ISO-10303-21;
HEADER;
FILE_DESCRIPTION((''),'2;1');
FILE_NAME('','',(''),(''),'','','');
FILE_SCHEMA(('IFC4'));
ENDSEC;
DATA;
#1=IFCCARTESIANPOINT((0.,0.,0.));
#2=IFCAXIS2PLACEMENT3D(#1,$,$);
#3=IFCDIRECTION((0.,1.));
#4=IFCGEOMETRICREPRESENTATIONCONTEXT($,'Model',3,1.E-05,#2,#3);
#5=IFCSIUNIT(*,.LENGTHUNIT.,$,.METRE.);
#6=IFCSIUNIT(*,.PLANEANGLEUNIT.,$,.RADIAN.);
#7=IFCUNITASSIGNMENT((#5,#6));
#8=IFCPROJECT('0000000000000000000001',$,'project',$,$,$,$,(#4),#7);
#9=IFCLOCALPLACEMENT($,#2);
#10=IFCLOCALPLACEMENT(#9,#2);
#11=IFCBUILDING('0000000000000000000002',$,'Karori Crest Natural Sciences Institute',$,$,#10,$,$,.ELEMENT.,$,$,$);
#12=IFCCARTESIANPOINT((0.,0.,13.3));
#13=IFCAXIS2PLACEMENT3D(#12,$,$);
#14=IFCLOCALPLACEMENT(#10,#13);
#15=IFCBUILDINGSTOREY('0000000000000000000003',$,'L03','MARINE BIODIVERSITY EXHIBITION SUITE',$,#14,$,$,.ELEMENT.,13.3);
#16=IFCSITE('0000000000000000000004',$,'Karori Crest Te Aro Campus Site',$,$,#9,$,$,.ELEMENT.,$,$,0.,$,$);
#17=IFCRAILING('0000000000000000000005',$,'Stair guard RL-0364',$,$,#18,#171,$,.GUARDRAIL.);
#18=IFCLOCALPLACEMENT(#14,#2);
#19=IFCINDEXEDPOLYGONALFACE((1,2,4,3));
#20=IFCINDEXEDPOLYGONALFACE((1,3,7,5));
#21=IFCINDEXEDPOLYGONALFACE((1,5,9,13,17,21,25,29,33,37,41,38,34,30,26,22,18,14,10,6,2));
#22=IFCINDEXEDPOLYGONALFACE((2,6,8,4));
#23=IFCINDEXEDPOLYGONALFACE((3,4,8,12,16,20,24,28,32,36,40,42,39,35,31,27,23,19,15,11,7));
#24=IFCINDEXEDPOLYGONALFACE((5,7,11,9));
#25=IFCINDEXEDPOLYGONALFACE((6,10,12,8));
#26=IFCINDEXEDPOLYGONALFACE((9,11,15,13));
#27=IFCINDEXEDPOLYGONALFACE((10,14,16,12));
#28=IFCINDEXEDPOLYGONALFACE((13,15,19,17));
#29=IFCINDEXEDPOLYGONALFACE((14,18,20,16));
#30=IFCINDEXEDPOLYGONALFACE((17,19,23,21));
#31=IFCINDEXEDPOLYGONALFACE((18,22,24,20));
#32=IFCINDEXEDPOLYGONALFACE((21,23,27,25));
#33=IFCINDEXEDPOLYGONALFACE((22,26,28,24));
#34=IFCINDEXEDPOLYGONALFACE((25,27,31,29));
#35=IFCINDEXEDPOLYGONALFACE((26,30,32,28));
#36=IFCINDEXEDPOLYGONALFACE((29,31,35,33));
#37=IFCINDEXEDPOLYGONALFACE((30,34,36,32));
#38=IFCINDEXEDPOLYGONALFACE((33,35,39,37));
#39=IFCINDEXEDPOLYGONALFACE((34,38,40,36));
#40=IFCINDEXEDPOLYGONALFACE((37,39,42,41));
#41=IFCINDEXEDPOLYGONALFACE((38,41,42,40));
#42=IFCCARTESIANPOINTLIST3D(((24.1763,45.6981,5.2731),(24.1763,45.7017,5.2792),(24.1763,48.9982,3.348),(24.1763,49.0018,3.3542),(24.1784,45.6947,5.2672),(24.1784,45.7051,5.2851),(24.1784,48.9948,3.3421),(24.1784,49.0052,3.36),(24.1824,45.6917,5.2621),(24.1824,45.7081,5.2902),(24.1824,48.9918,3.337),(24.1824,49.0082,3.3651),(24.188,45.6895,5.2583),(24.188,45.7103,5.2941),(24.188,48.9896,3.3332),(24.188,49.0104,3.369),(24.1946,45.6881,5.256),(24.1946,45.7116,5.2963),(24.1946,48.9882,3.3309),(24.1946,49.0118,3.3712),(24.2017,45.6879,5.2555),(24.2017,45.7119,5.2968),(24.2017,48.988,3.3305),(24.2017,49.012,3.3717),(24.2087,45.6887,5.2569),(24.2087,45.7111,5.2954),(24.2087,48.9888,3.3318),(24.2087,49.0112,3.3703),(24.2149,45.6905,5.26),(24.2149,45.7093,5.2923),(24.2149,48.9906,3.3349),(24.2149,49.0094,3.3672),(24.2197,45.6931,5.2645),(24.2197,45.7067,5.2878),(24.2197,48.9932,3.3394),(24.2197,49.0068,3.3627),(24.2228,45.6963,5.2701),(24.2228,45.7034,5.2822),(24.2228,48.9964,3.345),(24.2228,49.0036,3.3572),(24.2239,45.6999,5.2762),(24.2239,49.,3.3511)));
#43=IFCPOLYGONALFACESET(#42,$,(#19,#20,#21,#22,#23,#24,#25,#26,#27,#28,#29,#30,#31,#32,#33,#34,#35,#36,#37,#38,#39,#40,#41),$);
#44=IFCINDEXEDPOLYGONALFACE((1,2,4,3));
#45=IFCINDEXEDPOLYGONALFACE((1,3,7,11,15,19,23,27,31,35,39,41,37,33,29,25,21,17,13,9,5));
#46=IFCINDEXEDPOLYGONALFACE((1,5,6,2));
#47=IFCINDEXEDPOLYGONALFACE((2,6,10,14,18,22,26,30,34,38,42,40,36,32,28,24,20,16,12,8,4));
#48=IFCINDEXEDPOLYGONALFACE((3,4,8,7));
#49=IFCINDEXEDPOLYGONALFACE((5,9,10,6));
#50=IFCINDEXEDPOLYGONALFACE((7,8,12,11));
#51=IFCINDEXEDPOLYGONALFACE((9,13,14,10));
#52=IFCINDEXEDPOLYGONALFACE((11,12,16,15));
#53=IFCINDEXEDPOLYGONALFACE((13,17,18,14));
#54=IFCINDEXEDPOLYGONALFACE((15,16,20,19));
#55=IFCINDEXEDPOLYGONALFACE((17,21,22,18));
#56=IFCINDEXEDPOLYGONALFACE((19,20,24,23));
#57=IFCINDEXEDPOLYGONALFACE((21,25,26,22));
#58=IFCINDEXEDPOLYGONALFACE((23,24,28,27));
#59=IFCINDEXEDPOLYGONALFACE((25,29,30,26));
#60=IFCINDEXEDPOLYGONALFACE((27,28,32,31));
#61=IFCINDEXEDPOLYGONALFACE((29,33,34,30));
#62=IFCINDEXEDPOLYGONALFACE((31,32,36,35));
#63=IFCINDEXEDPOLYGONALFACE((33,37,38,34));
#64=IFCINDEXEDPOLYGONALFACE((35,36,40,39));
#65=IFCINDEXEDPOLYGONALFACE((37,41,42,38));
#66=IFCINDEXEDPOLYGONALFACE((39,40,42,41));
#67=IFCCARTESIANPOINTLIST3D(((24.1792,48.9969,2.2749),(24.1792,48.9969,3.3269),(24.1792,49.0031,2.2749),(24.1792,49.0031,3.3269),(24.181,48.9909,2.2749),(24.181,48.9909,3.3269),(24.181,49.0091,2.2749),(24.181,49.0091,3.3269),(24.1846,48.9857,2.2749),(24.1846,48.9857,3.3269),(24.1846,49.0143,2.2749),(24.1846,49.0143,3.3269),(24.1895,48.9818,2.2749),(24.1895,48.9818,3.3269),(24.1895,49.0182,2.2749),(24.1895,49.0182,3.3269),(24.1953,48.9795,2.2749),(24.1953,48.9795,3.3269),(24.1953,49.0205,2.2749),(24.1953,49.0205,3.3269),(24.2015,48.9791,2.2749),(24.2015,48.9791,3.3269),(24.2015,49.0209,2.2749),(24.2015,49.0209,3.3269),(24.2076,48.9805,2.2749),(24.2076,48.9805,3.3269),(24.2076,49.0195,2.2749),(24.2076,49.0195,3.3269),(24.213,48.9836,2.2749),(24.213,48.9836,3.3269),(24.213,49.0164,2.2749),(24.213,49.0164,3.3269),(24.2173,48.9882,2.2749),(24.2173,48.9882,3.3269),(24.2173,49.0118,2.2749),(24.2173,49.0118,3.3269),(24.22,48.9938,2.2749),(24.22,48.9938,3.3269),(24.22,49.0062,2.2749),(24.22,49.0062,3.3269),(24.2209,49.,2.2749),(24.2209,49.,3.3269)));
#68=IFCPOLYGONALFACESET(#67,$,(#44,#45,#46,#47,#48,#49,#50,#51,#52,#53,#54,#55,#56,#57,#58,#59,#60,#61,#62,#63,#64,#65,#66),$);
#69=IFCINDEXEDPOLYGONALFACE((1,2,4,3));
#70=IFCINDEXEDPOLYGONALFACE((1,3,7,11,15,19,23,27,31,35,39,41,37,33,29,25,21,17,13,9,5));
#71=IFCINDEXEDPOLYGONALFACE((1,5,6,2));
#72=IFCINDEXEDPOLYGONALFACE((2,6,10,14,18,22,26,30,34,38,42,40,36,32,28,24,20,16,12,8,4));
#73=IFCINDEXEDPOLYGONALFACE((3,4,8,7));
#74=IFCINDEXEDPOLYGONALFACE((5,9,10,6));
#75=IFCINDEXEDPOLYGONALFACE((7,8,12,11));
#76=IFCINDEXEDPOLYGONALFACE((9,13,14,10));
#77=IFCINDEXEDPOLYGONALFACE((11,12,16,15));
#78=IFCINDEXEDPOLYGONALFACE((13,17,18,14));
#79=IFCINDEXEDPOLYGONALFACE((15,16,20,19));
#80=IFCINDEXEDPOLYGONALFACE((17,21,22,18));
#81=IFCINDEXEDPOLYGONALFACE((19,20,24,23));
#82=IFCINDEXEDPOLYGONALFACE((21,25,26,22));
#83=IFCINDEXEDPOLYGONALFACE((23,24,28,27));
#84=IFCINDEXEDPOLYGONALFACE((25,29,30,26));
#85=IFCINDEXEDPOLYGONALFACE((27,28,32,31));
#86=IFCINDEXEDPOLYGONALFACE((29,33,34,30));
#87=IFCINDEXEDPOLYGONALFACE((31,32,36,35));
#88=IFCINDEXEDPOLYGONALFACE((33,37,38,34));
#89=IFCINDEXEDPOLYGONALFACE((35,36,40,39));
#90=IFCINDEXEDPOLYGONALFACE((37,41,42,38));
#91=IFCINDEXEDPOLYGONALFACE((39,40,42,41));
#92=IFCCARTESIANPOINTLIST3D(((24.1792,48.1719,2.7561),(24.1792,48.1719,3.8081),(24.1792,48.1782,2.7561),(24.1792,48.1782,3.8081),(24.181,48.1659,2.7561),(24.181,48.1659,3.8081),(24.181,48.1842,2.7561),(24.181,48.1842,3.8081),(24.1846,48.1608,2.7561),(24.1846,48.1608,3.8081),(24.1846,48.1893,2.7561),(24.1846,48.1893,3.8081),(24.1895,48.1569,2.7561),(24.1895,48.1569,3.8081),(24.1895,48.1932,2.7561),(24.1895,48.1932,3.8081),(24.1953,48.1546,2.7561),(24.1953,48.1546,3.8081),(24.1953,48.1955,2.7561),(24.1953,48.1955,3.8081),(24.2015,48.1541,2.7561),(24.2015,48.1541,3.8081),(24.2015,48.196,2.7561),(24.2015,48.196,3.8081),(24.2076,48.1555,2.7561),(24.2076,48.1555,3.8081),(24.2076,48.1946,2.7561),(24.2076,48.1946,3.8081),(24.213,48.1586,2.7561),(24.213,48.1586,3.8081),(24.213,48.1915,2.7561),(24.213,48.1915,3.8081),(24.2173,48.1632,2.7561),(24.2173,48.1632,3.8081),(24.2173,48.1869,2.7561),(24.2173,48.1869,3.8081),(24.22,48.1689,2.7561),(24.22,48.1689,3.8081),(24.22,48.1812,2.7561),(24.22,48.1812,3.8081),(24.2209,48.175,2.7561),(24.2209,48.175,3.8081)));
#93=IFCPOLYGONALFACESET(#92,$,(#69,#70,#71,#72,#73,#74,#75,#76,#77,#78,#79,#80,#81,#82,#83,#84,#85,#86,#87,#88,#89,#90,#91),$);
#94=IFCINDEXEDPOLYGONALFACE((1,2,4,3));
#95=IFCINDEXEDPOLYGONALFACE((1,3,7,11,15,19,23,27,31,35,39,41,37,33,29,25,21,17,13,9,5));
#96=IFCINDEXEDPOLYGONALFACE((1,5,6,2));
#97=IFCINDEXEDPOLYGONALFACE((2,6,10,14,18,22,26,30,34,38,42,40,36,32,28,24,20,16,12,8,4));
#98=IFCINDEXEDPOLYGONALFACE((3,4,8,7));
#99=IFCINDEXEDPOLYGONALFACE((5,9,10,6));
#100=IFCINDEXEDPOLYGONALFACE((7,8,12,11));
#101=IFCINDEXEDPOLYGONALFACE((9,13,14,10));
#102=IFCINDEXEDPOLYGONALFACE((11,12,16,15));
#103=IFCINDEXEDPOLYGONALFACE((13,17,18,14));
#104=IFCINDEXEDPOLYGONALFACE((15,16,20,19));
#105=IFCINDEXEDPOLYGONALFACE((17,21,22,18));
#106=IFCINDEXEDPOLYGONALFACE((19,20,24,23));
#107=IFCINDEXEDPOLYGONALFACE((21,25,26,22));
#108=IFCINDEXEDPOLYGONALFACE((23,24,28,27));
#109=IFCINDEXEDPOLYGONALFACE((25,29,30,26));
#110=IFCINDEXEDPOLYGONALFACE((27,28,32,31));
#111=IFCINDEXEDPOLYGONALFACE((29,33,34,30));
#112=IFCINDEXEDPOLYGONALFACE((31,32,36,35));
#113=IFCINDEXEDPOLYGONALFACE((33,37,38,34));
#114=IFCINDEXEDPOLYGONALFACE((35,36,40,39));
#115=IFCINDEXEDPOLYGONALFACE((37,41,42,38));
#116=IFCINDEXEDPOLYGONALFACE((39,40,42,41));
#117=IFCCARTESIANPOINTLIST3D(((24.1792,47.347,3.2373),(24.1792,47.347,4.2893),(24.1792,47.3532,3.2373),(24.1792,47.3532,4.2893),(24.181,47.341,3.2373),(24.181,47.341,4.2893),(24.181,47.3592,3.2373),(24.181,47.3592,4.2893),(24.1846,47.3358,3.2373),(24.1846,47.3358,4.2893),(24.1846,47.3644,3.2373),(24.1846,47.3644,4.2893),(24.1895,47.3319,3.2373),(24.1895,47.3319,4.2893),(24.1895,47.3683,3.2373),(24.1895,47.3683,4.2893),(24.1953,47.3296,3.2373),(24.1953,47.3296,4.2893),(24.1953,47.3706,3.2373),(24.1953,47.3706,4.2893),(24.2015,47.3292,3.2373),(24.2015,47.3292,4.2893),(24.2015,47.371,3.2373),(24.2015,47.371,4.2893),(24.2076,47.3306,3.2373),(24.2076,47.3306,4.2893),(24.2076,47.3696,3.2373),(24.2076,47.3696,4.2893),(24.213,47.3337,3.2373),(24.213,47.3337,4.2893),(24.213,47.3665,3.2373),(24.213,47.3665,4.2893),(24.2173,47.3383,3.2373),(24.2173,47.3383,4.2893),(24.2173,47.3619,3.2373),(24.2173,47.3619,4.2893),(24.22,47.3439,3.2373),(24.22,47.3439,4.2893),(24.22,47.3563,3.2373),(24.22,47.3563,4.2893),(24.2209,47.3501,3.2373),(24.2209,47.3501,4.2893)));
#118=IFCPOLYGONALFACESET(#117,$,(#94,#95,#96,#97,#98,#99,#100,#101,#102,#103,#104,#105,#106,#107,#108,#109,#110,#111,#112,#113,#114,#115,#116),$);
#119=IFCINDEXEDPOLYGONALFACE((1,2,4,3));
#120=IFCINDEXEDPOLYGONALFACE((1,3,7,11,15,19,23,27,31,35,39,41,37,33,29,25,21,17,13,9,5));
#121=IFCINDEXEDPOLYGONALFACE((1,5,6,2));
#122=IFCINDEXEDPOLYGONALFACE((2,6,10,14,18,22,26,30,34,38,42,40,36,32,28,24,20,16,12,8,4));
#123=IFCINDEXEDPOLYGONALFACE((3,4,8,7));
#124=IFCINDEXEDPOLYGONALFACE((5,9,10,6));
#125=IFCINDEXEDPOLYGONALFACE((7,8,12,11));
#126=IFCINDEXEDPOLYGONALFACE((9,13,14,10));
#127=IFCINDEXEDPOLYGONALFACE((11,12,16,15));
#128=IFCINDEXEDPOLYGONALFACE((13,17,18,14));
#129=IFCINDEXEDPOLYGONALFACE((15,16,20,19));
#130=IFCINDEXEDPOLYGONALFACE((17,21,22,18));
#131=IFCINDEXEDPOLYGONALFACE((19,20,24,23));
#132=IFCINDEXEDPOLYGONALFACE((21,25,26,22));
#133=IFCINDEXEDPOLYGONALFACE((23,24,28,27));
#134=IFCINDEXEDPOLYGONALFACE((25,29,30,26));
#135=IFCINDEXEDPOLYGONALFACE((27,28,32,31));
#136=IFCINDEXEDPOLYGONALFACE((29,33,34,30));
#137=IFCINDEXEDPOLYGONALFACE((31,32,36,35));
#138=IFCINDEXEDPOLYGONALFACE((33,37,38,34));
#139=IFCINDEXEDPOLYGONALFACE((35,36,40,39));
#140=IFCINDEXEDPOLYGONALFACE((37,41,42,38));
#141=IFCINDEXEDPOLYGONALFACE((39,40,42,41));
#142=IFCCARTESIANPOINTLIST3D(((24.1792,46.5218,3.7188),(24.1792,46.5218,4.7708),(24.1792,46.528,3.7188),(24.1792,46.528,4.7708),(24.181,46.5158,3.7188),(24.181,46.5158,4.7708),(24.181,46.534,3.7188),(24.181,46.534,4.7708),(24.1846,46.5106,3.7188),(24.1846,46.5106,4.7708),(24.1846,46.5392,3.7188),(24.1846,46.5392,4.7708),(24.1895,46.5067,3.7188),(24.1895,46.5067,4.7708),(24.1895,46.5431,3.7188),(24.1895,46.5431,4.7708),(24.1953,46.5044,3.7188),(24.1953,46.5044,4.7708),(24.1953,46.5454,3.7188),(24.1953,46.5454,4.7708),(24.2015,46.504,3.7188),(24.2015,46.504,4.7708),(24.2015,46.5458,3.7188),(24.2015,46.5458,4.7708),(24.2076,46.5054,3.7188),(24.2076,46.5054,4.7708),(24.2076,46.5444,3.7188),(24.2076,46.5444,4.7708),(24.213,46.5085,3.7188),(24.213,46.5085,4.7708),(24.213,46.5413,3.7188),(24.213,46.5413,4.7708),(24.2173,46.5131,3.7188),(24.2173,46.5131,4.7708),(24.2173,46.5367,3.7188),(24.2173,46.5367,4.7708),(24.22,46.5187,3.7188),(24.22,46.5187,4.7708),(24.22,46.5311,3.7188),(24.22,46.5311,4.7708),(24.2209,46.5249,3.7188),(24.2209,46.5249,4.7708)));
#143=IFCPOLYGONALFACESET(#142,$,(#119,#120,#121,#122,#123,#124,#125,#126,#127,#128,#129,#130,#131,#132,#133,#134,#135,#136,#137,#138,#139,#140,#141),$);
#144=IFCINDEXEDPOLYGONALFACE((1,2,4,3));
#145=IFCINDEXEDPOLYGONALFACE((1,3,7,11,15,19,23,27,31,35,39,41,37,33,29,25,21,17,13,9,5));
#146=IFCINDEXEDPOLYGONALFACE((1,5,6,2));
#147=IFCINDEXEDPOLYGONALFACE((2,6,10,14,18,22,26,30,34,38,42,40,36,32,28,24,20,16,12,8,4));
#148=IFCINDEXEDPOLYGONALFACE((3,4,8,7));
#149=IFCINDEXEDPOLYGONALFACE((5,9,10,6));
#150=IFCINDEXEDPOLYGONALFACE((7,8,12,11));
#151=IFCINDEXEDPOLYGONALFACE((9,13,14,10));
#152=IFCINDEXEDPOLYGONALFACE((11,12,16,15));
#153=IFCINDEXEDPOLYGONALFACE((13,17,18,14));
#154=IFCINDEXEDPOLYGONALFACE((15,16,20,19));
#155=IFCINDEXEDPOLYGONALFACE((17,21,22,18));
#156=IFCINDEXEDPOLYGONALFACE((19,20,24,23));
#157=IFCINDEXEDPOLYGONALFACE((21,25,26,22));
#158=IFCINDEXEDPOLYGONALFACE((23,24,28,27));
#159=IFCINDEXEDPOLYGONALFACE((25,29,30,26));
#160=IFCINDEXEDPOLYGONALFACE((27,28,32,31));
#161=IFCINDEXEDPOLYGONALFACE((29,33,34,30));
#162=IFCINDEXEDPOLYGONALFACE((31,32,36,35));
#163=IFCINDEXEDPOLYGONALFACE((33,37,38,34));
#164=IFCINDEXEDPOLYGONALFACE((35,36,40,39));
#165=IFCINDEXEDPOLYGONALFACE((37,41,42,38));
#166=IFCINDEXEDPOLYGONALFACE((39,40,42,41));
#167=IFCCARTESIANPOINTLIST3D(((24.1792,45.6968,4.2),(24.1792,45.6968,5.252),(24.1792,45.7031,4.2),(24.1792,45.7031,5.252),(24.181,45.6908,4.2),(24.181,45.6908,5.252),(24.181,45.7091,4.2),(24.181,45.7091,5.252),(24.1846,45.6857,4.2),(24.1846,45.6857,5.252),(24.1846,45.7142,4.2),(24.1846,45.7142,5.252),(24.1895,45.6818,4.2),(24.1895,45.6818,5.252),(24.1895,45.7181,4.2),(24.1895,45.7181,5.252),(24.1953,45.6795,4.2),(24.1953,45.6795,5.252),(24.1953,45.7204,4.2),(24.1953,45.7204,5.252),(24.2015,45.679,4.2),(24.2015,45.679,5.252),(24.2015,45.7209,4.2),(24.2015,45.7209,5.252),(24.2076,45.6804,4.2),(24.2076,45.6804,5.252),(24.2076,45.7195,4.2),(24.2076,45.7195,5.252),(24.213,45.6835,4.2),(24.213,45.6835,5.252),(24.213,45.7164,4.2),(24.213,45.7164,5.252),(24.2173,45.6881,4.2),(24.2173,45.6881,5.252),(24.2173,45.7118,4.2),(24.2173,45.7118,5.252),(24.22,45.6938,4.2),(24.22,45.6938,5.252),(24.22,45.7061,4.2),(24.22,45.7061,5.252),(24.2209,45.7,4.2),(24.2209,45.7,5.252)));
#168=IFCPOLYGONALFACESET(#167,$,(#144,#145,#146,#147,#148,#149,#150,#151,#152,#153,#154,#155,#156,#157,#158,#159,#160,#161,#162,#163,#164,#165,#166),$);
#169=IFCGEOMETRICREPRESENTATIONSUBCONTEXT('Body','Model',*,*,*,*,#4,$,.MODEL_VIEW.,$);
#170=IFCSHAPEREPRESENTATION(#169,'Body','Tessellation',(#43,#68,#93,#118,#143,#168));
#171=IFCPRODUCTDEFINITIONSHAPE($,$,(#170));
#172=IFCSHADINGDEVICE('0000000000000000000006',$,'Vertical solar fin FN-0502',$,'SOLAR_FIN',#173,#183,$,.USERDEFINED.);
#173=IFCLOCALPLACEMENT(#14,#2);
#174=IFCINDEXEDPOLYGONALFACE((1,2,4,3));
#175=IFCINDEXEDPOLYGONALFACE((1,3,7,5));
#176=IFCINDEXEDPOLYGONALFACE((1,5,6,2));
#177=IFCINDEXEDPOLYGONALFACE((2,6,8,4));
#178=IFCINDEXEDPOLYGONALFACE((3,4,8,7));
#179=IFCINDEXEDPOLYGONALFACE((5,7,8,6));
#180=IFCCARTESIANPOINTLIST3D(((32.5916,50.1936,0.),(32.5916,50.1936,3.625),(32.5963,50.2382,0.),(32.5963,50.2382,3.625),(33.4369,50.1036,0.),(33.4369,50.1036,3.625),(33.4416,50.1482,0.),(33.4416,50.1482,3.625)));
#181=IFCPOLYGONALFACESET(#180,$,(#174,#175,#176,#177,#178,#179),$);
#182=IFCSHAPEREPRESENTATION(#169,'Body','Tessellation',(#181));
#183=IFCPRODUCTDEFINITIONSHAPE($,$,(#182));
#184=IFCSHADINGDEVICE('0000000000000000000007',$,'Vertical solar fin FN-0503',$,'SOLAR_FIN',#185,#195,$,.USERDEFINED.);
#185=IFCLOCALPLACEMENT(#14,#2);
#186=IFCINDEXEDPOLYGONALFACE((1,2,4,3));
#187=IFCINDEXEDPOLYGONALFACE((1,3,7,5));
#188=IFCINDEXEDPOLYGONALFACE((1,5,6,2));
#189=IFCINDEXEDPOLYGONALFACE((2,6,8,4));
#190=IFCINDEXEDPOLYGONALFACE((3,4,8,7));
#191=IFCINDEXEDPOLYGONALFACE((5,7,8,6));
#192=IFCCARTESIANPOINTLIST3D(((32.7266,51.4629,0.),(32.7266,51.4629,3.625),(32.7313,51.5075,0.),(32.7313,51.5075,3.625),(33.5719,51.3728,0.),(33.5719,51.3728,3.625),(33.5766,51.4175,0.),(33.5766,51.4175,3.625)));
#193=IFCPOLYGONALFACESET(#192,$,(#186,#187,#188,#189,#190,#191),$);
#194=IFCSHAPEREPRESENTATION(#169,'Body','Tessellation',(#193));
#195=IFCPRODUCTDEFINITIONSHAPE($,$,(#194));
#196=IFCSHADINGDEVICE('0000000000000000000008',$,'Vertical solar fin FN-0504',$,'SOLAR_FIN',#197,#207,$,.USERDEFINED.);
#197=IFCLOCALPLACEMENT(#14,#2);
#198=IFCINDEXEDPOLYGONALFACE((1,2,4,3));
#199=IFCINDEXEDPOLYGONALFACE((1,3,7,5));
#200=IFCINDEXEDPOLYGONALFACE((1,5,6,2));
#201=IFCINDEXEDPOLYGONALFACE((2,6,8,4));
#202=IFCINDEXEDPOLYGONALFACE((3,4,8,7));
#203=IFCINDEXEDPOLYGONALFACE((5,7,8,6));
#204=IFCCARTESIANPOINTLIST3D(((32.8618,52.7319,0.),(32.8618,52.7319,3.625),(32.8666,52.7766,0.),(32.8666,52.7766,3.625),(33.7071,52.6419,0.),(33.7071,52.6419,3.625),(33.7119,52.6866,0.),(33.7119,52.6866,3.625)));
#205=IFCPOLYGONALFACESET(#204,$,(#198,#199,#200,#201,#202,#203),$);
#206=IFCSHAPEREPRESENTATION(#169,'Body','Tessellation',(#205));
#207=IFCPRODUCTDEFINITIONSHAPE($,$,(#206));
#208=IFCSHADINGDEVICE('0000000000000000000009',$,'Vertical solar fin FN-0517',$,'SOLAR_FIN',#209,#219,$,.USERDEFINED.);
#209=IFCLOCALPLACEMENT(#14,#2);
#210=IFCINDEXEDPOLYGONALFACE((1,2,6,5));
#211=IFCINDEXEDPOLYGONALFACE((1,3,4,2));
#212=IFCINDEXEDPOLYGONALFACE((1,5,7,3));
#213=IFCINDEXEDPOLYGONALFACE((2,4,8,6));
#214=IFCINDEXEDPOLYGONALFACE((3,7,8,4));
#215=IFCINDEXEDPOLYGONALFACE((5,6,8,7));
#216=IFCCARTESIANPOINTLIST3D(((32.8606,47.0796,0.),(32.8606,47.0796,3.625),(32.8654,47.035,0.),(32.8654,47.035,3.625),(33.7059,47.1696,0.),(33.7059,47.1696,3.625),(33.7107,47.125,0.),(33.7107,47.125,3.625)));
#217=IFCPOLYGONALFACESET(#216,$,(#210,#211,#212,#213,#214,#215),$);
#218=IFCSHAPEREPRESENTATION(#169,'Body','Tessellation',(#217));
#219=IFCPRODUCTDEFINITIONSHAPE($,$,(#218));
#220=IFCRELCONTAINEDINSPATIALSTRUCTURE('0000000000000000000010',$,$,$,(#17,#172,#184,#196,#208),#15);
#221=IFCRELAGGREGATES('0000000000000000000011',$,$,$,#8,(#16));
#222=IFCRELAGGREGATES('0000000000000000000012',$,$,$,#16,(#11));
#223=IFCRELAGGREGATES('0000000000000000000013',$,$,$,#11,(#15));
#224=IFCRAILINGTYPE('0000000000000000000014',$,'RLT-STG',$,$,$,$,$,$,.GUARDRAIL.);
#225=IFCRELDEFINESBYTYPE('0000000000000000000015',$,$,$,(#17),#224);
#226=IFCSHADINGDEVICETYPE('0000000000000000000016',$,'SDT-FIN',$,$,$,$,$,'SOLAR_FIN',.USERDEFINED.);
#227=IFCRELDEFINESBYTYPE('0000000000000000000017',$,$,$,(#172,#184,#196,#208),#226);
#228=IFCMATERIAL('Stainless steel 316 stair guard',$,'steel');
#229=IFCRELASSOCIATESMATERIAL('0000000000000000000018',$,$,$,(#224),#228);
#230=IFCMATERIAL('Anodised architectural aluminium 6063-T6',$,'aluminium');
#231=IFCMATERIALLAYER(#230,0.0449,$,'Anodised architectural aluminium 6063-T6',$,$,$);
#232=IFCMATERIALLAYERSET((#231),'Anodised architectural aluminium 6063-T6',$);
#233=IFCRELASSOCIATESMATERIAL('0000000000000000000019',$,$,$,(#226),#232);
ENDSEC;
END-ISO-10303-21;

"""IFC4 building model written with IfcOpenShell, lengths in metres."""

from ifc_helpers import new_model, si_unit, direction, frame, origin, origin_2d, place, context, subcontext, project, spatial, rectangle, circle, extrude, material, layer, layer_set, type_object, element, save


model = new_model("IFC4")

# Units and contexts
model_context = context("Model", 3, precision=1e-05, world=origin(), true_north=direction((0.0, 1.0)))
body_context = subcontext(model_context, "Body", "Model", "MODEL_VIEW")
ifc_project = project(units=[si_unit("LENGTHUNIT", "METRE"), si_unit("PLANEANGLEUNIT", "RADIAN")], contexts=[model_context])

# Site, building, storey
site_placement = place(None, origin())
site = spatial("IfcSite", under=ifc_project, at=site_placement, Name="Karori Crest Te Aro Campus Site", CompositionType="ELEMENT", RefElevation=0.0)
building_placement = place(site_placement, origin())
building = spatial("IfcBuilding", under=site, at=building_placement, Name="Karori Crest Natural Sciences Institute", CompositionType="ELEMENT")
storey_placement = place(building_placement, frame((0.0, 0.0, 13.3)))
storey = spatial("IfcBuildingStorey", under=building, at=storey_placement, Name="L03", Description="MARINE BIODIVERSITY EXHIBITION SUITE", CompositionType="ELEMENT", Elevation=13.3)

# Shared definitions
ifc_material_1 = material(Name="Anodised architectural aluminium 6063-T6", Category="aluminium")

# Railing
ifc_material_2 = material(Name="Stainless steel 316 stair guard", Category="steel")
railing_type_1 = type_object("IfcRailingType", Name="RLT-STG", PredefinedType="GUARDRAIL", material=ifc_material_2)
railing_1_placement = place(storey_placement, frame((24.2, 49.0, 2.2749)))
element("IfcRailing", 1, at=railing_1_placement, inside=storey, type_object=railing_type_1, Name="Stair guard RL-0364", PredefinedType="GUARDRAIL", context=body_context, shape_type="SweptSolid", body=[
    extrude(circle(Radius=0.0239, at=origin_2d()), frame((0.0, 0.0, 1.0762), z_axis=(0.0, -0.863777, 0.503875), x_axis=(1.0, 0.0, 0.0)), (0.0, 0.0, 1.0), 3.8206),
    extrude(circle(Radius=0.021, at=origin_2d()), origin(), (0.0, 0.0, 1.0), 1.052),
    extrude(circle(Radius=0.021, at=origin_2d()), frame((0.0, -0.825, 0.4812)), (0.0, 0.0, 1.0), 1.052),
    extrude(circle(Radius=0.021, at=origin_2d()), frame((0.0, -1.6499, 0.9624)), (0.0, 0.0, 1.0), 1.052),
    extrude(circle(Radius=0.021, at=origin_2d()), frame((0.0, -2.4751, 1.4438)), (0.0, 0.0, 1.0), 1.052),
    extrude(circle(Radius=0.021, at=origin_2d()), frame((0.0, -3.3, 1.925)), (0.0, 0.0, 1.0), 1.052),
])

# Shading devices
ifc_layer_1 = layer(ifc_material_1, 0.0449, Name="Anodised architectural aluminium 6063-T6")
ifc_layer_set_1 = layer_set([ifc_layer_1], Name="Anodised architectural aluminium 6063-T6")
shading_device_type = type_object("IfcShadingDeviceType", Name="SDT-FIN", ElementType="SOLAR_FIN", PredefinedType="USERDEFINED", material=ifc_layer_set_1)
for number, where, z_axis, x_axis, name in (
    (2, (33.0166, 50.1709, 0.0), (0.0, 0.0, 1.0), (-0.994378, 0.105886, 0.0), "Vertical solar fin FN-0502"),
    (3, (33.1516, 51.4402, 0.0), (0.0, 0.0, 1.0), (-0.994378, 0.105886, 0.0), "Vertical solar fin FN-0503"),
    (4, (33.2869, 52.7092, 0.0), (0.0, 0.0, 1.0), (-0.994378, 0.105886, 0.0), "Vertical solar fin FN-0504"),
    (5, (33.2856, 47.1023, 0.0), (0.0, 0.0, 1.0), (-0.994378, -0.105884, 0.0), "Vertical solar fin FN-0517"),
):
    element("IfcShadingDevice", number, at=place(storey_placement, frame(where, z_axis=z_axis, x_axis=x_axis)), inside=storey, type_object=shading_device_type, Name=name, ObjectType="SOLAR_FIN", PredefinedType="USERDEFINED", context=body_context, shape_type="SweptSolid", body=[
        extrude(rectangle(XDim=0.8501, YDim=0.0449, at=origin_2d()), origin(), (0.0, 0.0, 1.0), 3.625),
    ])

save(model, "model.ifc")
